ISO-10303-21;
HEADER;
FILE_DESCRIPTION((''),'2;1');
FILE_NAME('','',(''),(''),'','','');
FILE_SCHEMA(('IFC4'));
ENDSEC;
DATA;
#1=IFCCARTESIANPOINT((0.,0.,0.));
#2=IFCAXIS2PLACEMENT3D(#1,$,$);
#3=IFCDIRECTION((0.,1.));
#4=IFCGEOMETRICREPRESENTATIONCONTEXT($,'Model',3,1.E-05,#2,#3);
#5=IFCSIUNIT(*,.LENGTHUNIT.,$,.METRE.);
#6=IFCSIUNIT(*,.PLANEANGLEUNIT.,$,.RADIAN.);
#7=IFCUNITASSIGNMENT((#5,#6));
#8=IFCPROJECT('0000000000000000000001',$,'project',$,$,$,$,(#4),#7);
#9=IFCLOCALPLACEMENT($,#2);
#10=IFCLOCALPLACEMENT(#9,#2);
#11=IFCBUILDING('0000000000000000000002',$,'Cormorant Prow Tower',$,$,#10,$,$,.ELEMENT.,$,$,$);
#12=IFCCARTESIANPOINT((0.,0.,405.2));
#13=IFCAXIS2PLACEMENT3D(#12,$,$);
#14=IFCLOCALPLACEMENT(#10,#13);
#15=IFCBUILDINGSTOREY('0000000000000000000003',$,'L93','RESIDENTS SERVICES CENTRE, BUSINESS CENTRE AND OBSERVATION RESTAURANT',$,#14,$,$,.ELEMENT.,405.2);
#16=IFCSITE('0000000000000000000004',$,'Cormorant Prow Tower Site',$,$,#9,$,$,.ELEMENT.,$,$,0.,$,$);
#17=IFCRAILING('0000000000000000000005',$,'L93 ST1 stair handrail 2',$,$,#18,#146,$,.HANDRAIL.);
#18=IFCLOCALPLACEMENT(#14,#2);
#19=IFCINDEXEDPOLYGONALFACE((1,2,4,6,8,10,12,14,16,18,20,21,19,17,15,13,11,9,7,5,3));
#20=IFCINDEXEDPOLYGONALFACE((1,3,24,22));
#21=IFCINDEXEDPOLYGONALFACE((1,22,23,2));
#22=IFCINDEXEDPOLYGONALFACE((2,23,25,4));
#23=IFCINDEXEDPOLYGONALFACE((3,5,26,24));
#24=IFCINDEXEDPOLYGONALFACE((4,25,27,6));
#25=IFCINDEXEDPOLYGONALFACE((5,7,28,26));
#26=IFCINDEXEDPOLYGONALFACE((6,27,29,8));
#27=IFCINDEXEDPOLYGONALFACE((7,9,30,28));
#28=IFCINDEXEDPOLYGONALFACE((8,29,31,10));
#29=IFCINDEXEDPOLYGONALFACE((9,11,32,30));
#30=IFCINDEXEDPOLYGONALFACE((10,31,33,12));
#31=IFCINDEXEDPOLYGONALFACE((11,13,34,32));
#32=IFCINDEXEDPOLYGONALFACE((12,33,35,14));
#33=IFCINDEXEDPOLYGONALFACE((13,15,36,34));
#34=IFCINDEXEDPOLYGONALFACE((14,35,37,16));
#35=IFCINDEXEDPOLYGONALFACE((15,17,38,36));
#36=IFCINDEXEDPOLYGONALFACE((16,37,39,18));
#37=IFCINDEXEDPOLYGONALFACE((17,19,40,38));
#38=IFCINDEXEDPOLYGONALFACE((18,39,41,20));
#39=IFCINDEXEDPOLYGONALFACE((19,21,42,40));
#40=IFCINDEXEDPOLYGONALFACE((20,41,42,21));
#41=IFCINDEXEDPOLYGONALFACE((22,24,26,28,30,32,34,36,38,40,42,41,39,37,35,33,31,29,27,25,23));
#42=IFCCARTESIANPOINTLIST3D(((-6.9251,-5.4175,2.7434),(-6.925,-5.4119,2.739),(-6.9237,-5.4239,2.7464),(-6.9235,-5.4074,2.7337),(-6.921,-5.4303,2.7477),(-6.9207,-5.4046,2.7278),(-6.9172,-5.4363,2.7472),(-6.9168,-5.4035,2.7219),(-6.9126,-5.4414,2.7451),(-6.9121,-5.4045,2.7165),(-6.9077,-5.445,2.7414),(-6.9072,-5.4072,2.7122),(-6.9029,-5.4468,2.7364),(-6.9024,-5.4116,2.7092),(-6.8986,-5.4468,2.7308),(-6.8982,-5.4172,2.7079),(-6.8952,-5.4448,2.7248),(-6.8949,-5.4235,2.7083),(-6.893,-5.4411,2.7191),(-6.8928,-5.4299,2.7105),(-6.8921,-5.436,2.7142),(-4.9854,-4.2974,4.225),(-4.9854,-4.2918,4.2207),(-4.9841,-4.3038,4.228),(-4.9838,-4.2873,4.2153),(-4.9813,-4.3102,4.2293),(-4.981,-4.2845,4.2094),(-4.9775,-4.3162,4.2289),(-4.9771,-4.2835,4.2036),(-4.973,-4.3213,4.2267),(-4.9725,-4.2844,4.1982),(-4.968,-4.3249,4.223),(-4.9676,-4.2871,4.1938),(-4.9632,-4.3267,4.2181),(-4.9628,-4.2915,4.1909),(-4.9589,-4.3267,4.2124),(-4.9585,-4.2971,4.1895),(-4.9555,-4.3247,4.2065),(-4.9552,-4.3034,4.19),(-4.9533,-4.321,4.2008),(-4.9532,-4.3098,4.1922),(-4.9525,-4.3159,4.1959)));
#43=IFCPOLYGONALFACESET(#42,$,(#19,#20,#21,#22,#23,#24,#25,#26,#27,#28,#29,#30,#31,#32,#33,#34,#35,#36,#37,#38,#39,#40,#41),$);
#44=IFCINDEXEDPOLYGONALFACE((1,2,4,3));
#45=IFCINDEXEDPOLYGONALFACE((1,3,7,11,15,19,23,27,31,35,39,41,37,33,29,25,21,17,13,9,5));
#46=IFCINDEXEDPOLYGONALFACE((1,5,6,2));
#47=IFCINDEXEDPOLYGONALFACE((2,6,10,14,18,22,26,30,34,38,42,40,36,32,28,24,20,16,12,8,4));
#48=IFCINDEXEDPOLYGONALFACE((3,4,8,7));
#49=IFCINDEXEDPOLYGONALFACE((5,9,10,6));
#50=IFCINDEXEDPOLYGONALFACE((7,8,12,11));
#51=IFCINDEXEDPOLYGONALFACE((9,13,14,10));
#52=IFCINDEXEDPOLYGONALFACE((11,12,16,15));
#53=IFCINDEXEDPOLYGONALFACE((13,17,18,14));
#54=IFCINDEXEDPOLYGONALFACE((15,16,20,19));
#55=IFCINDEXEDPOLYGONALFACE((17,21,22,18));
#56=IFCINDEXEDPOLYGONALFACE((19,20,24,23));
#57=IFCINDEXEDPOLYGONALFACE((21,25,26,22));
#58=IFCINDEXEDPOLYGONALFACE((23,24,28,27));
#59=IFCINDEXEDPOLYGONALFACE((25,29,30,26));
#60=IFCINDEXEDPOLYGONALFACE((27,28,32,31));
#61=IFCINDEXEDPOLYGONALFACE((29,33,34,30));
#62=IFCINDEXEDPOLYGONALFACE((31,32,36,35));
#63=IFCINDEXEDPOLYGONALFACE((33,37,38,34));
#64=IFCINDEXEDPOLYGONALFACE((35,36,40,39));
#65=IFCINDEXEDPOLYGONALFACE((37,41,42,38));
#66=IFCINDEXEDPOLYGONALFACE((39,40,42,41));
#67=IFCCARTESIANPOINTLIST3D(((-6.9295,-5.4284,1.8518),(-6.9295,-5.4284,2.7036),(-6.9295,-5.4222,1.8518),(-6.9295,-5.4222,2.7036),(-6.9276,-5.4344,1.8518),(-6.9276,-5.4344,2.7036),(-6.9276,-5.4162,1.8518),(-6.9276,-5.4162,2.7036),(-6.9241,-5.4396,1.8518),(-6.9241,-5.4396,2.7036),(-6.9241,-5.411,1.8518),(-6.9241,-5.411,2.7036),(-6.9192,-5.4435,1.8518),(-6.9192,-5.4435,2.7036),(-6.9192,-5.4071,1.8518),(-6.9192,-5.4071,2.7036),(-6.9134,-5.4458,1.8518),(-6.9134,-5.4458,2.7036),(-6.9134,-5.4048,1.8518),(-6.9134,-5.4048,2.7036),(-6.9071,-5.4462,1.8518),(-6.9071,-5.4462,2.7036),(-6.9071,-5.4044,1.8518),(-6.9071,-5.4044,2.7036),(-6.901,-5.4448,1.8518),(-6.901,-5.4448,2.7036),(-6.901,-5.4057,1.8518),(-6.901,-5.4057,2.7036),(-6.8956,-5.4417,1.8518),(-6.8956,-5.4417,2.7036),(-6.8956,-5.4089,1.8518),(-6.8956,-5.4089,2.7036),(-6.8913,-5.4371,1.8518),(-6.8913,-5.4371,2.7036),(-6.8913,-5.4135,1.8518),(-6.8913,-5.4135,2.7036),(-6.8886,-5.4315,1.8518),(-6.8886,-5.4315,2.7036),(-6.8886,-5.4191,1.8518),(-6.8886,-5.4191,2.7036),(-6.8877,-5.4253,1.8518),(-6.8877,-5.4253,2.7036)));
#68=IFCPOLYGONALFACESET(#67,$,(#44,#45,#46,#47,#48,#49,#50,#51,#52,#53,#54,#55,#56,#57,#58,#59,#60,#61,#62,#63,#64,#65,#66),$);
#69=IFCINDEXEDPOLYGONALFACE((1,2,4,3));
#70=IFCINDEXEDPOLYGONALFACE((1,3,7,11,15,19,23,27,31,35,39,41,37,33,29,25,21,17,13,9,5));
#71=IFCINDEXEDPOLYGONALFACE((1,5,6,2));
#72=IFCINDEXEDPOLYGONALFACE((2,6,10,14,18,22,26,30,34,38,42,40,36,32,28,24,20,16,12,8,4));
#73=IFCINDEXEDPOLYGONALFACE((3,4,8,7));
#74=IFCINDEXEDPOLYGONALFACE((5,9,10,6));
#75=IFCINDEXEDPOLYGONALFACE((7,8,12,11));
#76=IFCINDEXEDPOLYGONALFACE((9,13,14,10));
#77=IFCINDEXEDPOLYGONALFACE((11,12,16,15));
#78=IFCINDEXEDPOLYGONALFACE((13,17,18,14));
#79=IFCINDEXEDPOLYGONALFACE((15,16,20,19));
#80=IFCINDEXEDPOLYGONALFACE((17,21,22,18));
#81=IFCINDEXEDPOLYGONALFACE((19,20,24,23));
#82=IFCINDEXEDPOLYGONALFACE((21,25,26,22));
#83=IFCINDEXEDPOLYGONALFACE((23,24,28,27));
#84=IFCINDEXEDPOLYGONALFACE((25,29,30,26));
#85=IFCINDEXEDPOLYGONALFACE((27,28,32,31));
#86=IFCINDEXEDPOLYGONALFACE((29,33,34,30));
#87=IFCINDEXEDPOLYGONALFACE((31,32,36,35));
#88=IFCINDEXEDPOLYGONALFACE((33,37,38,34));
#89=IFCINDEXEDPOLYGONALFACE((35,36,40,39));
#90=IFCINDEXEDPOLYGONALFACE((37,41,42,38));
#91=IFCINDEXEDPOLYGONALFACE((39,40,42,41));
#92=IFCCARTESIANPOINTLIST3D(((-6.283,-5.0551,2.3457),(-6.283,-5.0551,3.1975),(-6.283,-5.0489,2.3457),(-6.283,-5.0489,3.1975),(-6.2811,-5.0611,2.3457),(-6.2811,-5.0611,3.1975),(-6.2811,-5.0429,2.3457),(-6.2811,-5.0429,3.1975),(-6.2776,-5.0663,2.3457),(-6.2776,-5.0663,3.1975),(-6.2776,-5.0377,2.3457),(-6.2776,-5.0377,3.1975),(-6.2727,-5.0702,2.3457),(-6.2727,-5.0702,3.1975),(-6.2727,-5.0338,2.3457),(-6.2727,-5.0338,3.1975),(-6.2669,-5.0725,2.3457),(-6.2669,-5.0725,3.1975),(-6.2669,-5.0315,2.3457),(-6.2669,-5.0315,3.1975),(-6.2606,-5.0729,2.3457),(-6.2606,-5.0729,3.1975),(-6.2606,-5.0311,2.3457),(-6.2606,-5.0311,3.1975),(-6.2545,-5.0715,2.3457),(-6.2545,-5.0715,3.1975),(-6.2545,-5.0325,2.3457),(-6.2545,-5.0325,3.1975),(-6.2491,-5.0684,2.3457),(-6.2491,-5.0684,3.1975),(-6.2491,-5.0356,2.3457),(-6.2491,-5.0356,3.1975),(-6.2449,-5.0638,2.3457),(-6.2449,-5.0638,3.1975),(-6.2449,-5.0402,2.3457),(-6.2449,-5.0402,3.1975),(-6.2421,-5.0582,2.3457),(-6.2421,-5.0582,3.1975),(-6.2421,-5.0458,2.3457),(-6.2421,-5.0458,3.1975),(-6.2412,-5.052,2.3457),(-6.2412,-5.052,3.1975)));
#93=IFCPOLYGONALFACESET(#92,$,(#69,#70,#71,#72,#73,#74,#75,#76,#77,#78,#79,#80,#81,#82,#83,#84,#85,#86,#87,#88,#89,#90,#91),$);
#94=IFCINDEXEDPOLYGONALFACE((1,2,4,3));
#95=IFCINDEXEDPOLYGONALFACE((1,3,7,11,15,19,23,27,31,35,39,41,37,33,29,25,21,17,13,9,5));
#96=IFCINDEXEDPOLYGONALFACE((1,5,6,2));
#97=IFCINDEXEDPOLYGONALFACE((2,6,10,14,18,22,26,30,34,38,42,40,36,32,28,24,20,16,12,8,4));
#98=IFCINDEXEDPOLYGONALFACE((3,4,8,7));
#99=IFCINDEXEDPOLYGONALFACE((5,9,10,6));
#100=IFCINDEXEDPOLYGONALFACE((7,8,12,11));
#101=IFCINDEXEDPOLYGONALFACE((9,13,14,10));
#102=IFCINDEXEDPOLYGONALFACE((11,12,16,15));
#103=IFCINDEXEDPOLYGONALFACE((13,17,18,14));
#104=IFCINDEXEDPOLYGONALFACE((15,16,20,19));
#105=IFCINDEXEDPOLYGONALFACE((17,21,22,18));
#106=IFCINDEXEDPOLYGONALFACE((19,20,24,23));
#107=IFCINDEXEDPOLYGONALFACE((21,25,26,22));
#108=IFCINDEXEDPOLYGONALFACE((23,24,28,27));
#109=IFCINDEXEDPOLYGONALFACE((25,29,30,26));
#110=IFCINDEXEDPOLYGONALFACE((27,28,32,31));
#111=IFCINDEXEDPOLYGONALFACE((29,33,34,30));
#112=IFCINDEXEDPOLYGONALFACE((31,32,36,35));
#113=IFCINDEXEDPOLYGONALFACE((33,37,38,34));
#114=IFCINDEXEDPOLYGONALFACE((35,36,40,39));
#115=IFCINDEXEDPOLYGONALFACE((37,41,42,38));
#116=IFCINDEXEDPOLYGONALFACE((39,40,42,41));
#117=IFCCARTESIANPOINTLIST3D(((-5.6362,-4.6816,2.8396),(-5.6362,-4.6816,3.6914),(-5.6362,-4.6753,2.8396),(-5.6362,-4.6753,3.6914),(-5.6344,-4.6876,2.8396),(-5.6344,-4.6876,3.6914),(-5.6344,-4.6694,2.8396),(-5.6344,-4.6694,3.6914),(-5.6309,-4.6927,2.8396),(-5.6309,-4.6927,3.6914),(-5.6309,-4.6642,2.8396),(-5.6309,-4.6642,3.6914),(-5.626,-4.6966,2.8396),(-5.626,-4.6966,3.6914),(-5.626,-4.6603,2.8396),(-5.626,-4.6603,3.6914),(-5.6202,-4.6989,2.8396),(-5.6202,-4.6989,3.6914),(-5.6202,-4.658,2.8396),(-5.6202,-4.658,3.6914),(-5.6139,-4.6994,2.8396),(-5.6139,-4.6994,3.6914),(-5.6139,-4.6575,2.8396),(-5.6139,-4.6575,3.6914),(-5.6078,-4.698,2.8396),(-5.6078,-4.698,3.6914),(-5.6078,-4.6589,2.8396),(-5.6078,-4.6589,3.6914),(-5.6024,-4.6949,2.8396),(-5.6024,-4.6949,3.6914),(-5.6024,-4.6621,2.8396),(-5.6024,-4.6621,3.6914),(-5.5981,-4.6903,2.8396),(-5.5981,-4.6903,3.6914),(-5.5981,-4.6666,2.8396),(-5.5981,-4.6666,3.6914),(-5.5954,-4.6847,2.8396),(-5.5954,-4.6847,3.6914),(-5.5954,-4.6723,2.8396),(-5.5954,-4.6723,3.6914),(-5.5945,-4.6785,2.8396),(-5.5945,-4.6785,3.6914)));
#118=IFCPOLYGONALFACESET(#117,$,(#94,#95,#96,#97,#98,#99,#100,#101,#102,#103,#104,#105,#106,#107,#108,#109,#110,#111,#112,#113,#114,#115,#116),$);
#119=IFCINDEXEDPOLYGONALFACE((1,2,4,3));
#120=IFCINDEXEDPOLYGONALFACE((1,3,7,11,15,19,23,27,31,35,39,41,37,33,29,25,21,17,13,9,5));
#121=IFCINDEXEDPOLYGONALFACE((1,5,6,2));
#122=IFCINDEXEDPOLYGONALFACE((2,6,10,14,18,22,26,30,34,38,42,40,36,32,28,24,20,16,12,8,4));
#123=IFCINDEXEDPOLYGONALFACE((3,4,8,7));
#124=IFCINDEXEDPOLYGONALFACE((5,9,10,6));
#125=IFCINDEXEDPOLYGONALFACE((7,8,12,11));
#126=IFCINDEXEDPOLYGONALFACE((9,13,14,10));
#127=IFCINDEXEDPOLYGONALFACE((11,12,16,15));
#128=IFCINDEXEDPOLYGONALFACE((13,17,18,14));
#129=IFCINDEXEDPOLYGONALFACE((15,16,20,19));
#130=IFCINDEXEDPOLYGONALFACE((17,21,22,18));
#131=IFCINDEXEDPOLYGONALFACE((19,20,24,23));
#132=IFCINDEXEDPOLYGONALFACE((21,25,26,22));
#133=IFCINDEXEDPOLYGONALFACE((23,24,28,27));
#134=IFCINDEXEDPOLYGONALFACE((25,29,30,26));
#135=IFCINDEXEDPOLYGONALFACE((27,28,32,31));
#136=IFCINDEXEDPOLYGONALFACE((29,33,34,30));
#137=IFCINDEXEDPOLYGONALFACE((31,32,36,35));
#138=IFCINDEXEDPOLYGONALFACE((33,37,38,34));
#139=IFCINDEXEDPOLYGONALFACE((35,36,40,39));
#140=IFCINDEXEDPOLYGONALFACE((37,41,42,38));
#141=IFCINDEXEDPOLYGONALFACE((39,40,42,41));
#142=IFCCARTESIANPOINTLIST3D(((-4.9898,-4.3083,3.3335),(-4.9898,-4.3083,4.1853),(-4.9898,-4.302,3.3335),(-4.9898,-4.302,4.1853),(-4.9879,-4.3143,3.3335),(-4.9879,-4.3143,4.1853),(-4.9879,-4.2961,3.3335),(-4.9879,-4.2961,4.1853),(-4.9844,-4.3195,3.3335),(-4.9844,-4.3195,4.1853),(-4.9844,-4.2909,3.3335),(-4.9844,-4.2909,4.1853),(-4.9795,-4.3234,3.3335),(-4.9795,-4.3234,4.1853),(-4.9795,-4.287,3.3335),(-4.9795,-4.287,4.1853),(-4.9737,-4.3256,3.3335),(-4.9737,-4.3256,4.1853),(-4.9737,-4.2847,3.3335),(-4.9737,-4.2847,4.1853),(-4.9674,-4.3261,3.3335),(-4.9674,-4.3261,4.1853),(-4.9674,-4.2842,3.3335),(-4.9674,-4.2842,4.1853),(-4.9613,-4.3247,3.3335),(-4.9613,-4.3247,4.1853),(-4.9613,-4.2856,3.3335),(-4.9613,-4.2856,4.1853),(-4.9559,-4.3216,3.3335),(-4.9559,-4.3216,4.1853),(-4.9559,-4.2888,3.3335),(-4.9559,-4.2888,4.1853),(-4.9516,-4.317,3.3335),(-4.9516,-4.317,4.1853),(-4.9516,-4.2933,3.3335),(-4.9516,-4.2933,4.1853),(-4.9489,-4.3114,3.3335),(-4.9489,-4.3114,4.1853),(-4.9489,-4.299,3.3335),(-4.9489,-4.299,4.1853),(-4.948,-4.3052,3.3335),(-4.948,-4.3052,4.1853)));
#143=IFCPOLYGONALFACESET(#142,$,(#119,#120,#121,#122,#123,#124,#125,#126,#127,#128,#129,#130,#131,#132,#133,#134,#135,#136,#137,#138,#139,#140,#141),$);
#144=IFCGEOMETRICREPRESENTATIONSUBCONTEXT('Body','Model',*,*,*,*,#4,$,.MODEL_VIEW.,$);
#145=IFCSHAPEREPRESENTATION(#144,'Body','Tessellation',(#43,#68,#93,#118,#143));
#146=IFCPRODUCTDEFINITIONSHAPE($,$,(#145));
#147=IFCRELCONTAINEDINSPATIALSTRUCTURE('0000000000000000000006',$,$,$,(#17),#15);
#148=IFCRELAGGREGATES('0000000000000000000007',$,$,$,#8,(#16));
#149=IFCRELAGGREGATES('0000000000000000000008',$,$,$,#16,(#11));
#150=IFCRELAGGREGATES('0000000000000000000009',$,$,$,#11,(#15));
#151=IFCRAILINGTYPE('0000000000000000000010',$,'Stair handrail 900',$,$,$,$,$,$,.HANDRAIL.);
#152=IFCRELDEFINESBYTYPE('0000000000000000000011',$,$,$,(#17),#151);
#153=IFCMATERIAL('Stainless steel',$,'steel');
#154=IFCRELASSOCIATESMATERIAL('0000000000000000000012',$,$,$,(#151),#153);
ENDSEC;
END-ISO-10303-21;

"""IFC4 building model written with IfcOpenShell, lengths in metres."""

from ifc_helpers import new_model, si_unit, direction, frame, origin, origin_2d, place, context, subcontext, project, spatial, circle, extrude, material, type_object, element, save


model = new_model("IFC4")

# Units and contexts
model_context = context("Model", 3, precision=1e-05, world=origin(), true_north=direction((0.0, 1.0)))
body_context = subcontext(model_context, "Body", "Model", "MODEL_VIEW")
ifc_project = project(units=[si_unit("LENGTHUNIT", "METRE"), si_unit("PLANEANGLEUNIT", "RADIAN")], contexts=[model_context])

# Site, building, storey
site_placement = place(None, origin())
site = spatial("IfcSite", under=ifc_project, at=site_placement, Name="Cormorant Prow Tower Site", CompositionType="ELEMENT", RefElevation=0.0)
building_placement = place(site_placement, origin())
building = spatial("IfcBuilding", under=site, at=building_placement, Name="Cormorant Prow Tower", CompositionType="ELEMENT")
storey_placement = place(building_placement, frame((0.0, 0.0, 405.2)))
storey = spatial("IfcBuildingStorey", under=building, at=storey_placement, Name="L93", Description="RESIDENTS SERVICES CENTRE, BUSINESS CENTRE AND OBSERVATION RESTAURANT", CompositionType="ELEMENT", Elevation=405.2)

# Railing
ifc_material_1 = material(Name="Stainless steel", Category="steel")
railing_type = type_object("IfcRailingType", Name="Stair handrail 900", PredefinedType="HANDRAIL", material=ifc_material_1)
railing_1_placement = place(storey_placement, frame((-6.9087, -5.4253, 1.8518)))
element("IfcRailing", 1, at=railing_1_placement, inside=storey, type_object=railing_type, Name="L93 ST1 stair handrail 2", PredefinedType="HANDRAIL", context=body_context, shape_type="SweptSolid", body=[
    extrude(circle(Radius=0.0239, at=origin_2d()), frame((0.0, 0.0, 0.876), z_axis=(0.722256, 0.417081, 0.551715), x_axis=(-0.500078, 0.86598, 0.0)), (0.0, 0.0, 1.0), 2.6855),
    extrude(circle(Radius=0.021, at=origin_2d()), origin(), (0.0, 0.0, 1.0), 0.8518),
    extrude(circle(Radius=0.021, at=origin_2d()), frame((0.6465, 0.3733, 0.4939)), (0.0, 0.0, 1.0), 0.8518),
    extrude(circle(Radius=0.021, at=origin_2d()), frame((1.2932, 0.7468, 0.9878)), (0.0, 0.0, 1.0), 0.8518),
    extrude(circle(Radius=0.021, at=origin_2d()), frame((1.9397, 1.1201, 1.4817)), (0.0, 0.0, 1.0), 0.8518),
])

save(model, "model.ifc")
